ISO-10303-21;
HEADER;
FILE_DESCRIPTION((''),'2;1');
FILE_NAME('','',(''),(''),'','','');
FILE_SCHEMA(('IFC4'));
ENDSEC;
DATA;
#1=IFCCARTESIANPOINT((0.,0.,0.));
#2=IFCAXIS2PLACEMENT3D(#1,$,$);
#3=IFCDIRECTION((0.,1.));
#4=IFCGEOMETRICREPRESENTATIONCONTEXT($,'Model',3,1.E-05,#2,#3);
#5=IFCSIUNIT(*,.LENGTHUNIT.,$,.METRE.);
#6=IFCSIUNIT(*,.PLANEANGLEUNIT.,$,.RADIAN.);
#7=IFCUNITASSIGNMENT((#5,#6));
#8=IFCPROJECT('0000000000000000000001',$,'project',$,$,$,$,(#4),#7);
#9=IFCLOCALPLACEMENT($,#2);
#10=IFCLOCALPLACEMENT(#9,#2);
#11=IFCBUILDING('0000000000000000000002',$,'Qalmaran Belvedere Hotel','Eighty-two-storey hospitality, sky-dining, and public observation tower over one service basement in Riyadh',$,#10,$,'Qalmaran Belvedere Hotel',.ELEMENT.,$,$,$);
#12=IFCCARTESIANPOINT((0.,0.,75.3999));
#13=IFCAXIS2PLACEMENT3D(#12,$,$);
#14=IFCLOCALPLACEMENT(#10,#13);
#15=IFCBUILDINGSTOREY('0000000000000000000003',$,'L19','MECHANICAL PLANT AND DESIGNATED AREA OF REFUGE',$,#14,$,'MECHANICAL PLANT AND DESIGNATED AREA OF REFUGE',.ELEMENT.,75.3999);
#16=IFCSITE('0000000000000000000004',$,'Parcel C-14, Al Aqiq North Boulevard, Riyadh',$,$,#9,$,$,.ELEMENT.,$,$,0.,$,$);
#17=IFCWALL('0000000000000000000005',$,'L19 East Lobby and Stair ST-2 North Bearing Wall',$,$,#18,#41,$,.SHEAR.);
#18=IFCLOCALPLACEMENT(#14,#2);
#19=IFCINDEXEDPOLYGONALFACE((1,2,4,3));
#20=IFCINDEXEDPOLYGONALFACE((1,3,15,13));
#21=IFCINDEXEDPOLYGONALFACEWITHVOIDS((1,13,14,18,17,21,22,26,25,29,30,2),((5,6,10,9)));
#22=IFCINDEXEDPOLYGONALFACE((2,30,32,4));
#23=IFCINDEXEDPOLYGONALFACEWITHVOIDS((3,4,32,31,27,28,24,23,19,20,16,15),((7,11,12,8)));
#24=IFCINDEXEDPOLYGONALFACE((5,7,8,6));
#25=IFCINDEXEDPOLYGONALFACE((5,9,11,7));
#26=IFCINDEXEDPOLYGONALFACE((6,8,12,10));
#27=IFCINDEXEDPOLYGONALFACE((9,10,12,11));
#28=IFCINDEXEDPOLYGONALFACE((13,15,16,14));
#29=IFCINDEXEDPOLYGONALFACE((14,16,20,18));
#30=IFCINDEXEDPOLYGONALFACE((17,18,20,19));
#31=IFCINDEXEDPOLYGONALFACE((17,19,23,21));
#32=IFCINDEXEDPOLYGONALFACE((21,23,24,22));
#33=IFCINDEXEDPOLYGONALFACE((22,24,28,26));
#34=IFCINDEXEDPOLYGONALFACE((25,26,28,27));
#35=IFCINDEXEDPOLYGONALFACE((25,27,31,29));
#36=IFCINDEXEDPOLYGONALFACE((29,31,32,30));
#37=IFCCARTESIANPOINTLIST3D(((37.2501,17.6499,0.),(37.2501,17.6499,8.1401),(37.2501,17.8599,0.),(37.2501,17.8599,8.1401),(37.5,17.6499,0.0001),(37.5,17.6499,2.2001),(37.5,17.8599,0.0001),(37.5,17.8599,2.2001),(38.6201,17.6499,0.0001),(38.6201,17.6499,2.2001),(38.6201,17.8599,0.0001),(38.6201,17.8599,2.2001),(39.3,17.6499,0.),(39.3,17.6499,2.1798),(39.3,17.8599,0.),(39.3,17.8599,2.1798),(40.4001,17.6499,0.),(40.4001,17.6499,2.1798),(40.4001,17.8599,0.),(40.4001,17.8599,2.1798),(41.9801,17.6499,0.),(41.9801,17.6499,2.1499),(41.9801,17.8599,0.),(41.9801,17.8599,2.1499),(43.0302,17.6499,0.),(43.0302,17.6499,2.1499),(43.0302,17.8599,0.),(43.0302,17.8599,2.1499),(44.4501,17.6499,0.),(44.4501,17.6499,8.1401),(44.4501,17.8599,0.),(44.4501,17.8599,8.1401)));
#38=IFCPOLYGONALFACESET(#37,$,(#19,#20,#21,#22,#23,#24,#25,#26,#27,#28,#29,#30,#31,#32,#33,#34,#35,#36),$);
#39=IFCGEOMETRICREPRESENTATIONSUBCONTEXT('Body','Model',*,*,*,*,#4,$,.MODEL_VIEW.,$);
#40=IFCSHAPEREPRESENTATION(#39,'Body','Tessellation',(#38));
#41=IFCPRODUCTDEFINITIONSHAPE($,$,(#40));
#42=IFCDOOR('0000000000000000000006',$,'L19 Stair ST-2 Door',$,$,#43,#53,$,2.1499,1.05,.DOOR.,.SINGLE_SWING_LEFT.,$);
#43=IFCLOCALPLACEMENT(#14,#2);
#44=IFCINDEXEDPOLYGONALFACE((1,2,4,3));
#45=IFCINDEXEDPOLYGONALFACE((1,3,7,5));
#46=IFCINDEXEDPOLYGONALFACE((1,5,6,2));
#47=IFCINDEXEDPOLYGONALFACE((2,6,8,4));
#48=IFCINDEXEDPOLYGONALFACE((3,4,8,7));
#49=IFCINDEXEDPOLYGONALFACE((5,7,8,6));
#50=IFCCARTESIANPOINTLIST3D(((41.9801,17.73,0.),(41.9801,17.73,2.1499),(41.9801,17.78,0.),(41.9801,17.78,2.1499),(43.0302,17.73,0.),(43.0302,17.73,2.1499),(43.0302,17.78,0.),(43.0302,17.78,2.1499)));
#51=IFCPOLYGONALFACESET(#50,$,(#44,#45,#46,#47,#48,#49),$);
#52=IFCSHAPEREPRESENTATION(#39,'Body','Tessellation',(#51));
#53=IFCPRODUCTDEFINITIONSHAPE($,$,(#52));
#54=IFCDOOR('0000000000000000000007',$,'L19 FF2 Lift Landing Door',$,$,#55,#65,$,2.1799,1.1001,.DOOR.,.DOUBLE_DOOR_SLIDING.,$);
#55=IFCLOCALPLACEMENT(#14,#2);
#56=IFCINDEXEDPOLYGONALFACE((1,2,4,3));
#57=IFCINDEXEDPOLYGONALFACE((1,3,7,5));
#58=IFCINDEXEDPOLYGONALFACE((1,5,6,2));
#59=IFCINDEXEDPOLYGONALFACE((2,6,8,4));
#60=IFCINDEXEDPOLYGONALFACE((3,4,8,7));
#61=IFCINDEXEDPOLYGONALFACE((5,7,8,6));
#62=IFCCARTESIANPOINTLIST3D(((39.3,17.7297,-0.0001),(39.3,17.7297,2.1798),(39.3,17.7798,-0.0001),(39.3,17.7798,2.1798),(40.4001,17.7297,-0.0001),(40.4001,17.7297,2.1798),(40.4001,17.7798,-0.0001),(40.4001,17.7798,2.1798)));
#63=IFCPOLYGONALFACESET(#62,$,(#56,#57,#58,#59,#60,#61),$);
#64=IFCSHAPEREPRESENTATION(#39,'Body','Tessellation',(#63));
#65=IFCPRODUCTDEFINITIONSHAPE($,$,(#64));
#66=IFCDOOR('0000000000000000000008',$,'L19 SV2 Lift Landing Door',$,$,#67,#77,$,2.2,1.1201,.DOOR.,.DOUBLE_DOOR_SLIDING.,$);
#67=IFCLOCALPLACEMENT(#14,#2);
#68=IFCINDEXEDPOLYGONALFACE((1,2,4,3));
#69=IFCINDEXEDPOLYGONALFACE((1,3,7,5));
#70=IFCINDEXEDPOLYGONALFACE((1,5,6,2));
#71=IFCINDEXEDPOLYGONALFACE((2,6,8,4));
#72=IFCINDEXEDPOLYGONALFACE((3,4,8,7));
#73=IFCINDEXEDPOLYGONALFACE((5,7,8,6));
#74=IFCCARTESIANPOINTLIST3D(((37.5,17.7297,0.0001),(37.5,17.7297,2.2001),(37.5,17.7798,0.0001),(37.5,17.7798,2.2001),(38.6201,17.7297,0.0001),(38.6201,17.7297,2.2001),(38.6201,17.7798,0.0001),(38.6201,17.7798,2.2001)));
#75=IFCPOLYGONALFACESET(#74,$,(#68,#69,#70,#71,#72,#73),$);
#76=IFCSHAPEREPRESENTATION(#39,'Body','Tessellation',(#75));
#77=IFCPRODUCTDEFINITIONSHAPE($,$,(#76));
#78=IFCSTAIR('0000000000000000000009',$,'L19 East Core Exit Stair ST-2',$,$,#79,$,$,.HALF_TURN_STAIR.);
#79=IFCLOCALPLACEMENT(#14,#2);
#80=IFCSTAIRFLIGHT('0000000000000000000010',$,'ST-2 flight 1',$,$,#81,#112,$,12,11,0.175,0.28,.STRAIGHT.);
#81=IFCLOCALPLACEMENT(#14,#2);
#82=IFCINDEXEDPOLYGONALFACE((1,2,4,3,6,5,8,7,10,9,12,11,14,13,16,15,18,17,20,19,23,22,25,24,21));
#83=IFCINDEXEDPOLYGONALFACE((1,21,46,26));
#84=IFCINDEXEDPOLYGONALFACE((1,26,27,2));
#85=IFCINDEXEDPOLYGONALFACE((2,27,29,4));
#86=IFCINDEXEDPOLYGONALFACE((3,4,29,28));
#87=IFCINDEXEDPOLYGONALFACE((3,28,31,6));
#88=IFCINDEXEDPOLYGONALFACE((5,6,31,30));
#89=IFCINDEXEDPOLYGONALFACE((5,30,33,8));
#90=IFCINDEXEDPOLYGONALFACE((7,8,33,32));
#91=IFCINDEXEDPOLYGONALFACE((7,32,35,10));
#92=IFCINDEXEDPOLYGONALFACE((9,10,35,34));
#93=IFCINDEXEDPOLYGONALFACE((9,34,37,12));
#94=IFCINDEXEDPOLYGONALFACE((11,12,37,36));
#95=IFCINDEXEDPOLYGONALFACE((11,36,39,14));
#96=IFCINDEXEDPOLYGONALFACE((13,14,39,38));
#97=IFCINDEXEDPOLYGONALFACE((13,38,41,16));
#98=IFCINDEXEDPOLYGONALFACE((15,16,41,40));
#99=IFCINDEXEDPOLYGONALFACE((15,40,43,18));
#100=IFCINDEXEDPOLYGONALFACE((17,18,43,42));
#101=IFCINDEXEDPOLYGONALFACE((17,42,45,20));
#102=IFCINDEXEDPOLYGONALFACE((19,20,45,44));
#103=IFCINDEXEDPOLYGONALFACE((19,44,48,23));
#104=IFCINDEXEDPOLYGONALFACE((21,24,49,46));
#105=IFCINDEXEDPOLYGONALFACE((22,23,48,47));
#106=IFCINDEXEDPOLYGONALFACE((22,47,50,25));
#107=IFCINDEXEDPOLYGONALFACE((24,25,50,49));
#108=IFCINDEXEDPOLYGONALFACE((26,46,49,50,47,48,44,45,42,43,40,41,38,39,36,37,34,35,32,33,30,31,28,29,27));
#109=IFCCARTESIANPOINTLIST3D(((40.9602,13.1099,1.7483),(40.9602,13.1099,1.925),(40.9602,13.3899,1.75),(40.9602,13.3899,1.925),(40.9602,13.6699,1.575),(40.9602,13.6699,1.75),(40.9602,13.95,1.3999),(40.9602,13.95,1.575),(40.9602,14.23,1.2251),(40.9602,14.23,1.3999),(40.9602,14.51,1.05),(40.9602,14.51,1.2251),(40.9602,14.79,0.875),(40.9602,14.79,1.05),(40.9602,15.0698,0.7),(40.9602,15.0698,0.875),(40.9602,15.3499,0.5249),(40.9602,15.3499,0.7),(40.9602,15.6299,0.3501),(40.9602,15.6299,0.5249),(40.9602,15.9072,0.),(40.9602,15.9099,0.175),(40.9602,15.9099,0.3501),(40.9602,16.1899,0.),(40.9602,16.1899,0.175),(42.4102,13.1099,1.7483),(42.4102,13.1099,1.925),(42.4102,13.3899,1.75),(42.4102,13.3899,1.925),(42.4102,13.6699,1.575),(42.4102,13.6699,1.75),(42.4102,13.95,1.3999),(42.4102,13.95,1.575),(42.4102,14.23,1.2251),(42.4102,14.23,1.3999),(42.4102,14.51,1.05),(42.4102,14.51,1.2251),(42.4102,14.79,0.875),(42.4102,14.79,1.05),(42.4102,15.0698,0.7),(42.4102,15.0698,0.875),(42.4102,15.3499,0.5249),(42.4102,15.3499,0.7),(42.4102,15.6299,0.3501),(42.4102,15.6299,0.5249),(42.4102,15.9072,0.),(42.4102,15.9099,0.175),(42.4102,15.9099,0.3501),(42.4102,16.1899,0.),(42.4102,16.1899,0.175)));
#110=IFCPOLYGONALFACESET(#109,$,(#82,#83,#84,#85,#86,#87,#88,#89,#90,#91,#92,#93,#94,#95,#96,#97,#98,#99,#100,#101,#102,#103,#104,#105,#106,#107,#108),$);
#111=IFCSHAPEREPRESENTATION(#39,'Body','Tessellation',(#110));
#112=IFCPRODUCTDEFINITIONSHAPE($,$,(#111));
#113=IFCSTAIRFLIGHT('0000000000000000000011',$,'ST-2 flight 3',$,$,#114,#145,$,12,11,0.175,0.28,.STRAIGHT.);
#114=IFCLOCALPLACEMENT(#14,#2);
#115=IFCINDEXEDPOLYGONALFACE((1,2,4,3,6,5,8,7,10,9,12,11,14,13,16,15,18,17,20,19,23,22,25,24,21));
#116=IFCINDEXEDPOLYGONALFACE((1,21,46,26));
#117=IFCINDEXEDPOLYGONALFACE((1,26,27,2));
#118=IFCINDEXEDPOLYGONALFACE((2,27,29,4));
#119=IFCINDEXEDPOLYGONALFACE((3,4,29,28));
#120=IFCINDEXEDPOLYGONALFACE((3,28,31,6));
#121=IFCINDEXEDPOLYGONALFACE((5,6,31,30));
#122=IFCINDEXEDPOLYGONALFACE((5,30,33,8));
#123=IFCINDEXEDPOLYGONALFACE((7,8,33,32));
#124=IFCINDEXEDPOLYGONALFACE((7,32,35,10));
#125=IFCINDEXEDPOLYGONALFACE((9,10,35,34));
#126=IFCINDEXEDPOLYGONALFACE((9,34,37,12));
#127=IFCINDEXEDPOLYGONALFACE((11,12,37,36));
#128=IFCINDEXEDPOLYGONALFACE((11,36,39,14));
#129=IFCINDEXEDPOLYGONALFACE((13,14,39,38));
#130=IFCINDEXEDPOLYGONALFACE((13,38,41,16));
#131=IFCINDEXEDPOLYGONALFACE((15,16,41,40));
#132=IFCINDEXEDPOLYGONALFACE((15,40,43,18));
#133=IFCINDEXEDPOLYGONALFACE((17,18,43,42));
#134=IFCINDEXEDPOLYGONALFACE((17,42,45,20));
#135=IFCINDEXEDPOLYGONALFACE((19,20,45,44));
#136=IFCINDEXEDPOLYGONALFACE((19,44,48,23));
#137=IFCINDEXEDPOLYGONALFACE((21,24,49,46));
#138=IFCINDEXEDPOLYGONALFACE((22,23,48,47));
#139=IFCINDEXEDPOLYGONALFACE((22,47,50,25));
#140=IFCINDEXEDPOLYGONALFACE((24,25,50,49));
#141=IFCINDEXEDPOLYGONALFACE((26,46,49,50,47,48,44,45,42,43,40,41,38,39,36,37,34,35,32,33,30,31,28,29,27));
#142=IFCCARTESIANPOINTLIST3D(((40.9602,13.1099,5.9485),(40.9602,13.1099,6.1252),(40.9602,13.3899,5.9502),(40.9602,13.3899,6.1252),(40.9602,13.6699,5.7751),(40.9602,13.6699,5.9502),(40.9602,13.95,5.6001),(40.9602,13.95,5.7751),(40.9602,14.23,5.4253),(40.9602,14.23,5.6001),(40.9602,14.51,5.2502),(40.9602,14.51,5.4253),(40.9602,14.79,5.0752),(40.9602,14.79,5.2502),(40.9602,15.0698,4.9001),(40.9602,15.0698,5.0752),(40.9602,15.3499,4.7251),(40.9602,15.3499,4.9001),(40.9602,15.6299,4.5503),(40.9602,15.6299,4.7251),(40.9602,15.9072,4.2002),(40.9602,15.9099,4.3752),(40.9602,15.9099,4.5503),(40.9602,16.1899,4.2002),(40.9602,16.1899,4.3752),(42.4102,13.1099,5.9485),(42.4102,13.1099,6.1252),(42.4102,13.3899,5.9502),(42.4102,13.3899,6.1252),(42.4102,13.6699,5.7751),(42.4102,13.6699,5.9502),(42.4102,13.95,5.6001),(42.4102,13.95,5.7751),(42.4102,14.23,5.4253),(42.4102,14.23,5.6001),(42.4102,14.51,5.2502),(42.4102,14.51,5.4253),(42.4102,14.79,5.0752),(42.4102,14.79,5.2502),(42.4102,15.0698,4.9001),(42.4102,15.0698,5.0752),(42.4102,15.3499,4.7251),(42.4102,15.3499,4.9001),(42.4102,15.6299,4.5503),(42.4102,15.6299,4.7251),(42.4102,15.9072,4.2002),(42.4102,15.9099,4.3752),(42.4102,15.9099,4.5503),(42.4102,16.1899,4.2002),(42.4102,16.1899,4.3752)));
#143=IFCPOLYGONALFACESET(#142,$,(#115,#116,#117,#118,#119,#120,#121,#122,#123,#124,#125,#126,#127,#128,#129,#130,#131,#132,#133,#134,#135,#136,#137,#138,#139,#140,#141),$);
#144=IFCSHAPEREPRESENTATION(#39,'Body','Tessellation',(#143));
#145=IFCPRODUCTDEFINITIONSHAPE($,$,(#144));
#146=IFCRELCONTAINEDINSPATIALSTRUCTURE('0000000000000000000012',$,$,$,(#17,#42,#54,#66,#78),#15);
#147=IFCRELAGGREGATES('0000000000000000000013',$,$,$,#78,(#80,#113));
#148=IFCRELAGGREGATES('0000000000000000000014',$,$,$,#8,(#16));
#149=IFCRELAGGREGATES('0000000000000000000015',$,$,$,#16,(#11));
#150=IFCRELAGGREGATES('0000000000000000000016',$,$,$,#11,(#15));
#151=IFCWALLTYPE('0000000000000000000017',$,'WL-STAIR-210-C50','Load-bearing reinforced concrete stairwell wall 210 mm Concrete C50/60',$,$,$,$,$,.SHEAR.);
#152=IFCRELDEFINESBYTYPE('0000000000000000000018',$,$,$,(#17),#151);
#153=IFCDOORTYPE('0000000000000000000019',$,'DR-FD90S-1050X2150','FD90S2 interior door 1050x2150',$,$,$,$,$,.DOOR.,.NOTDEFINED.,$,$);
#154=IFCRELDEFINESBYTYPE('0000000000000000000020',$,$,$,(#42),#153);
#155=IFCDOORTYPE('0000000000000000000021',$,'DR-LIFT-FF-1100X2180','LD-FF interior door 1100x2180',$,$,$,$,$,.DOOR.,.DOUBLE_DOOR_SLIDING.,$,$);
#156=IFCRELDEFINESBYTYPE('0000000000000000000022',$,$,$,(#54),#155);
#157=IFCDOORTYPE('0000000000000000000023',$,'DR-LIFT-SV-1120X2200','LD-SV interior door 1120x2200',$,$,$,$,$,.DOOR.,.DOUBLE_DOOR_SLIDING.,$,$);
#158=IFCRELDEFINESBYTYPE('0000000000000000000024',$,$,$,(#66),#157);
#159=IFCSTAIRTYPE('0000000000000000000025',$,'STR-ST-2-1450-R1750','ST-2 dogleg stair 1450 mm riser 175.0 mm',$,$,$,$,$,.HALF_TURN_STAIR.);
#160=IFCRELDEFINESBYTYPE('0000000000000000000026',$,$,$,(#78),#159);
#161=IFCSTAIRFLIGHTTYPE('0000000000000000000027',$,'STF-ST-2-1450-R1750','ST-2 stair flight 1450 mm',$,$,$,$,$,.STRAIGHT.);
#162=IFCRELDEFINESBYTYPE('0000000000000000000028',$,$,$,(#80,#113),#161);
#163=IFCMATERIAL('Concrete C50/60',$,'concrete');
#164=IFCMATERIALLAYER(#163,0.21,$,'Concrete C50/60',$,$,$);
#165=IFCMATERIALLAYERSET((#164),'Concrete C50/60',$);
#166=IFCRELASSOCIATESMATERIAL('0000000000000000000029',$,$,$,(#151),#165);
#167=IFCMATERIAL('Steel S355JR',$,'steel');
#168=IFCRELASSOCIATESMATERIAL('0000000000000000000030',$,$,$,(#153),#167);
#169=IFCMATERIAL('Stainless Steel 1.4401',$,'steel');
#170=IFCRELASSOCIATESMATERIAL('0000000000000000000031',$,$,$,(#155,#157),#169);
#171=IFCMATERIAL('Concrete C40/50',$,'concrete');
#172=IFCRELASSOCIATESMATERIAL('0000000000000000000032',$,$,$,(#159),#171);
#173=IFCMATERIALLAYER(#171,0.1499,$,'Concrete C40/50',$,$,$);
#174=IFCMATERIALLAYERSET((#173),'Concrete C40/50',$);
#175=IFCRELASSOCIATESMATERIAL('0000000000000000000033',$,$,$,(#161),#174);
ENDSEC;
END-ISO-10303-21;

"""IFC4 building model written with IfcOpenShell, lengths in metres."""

from ifc_helpers import new_model, si_unit, direction, frame, frame_2d, origin, place, context, subcontext, project, spatial, polyline, rectangle, outline, extrude, material, layer, layer_set, type_object, element, fill, aggregate, save


model = new_model("IFC4")

# Units and contexts
model_context = context("Model", 3, precision=1e-05, world=origin(), true_north=direction((0.0, 1.0)))
body_context = subcontext(model_context, "Body", "Model", "MODEL_VIEW")
ifc_project = project(units=[si_unit("LENGTHUNIT", "METRE"), si_unit("PLANEANGLEUNIT", "RADIAN")], contexts=[model_context])

# Site, building, storey
site_placement = place(None, origin())
site = spatial("IfcSite", under=ifc_project, at=site_placement, Name="Parcel C-14, Al Aqiq North Boulevard, Riyadh", CompositionType="ELEMENT", RefElevation=0.0)
building_placement = place(site_placement, origin())
building = spatial("IfcBuilding", under=site, at=building_placement, Name="Qalmaran Belvedere Hotel", Description="Eighty-two-storey hospitality, sky-dining, and public observation tower over one service basement in Riyadh", LongName="Qalmaran Belvedere Hotel", CompositionType="ELEMENT")
storey_placement = place(building_placement, frame((0.0, 0.0, 75.3999)))
storey = spatial("IfcBuildingStorey", under=building, at=storey_placement, Name="L19", Description="MECHANICAL PLANT AND DESIGNATED AREA OF REFUGE", LongName="MECHANICAL PLANT AND DESIGNATED AREA OF REFUGE", CompositionType="ELEMENT", Elevation=75.3999)

# Shared definitions
ifc_material_1 = material(Name="Steel S355JR", Category="steel")

# Wall, openings, doors
ifc_material_2 = material(Name="Concrete C50/60", Category="concrete")
ifc_layer_1 = layer(ifc_material_2, 0.21, Name="Concrete C50/60")
ifc_layer_set_1 = layer_set([ifc_layer_1], Name="Concrete C50/60")
wall_type_1 = type_object("IfcWallType", Name="WL-STAIR-210-C50", Description="Load-bearing reinforced concrete stairwell wall 210 mm Concrete C50/60", PredefinedType="SHEAR", material=ifc_layer_set_1)
wall_1_placement = place(storey_placement, frame((37.25, 17.7549, 0.0), z_axis=(0.0, 0.0, 1.0), x_axis=(1.0, 0.0, 0.0)))
wall_1 = element("IfcWall", 1, at=wall_1_placement, inside=storey, type_object=wall_type_1, Name="L19 East Lobby and Stair ST-2 North Bearing Wall", PredefinedType="SHEAR", context=body_context, shape_type="SweptSolid", body=[
    extrude(rectangle(XDim=7.2, YDim=0.21, at=frame_2d((3.6001, 0.0))), origin(), (0.0, 0.0, 1.0), 8.1401),
])
opening_1_placement = place(wall_1_placement, frame((0.25, 0.0, 0.0)))
opening_1 = element("IfcOpeningElement", 2, at=opening_1_placement, cuts=wall_1, PredefinedType="OPENING", context=body_context, shape_type="SweptSolid", body=[
    extrude(rectangle(XDim=1.1201, YDim=2.2, at=frame_2d((0.5601, 1.1001))), frame((0.0, 0.115, 0.0), z_axis=(0.0, -1.0, 0.0), x_axis=(1.0, 0.0, 0.0)), (0.0, 0.0, 1.0), 0.23),
])
opening_2_placement = place(wall_1_placement, frame((2.05, 0.0, 0.0)))
opening_2 = element("IfcOpeningElement", 3, at=opening_2_placement, cuts=wall_1, PredefinedType="OPENING", context=body_context, shape_type="SweptSolid", body=[
    extrude(rectangle(XDim=1.1001, YDim=2.1799, at=frame_2d((0.55, 1.0898))), frame((0.0, 0.115, 0.0), z_axis=(0.0, -1.0, 0.0), x_axis=(1.0, 0.0, 0.0)), (0.0, 0.0, 1.0), 0.23),
])
opening_3_placement = place(wall_1_placement, frame((5.78, 0.0, 0.0), z_axis=(0.0, 0.0, 1.0), x_axis=(-1.0, 0.0, 0.0)))
opening_3 = element("IfcOpeningElement", 4, at=opening_3_placement, cuts=wall_1, PredefinedType="OPENING", context=body_context, shape_type="SweptSolid", body=[
    extrude(rectangle(XDim=1.05, YDim=2.1499, at=frame_2d((0.5249, 1.075))), frame((0.0, 0.115, 0.0), z_axis=(0.0, -1.0, 0.0), x_axis=(1.0, 0.0, 0.0)), (0.0, 0.0, 1.0), 0.23),
])
door_type_1 = type_object("IfcDoorType", Name="DR-FD90S-1050X2150", Description="FD90S2 interior door 1050x2150", OperationType="NOTDEFINED", PredefinedType="DOOR", material=ifc_material_1)
door_1_placement = place(opening_3_placement, origin())
door_1 = element("IfcDoor", 5, at=door_1_placement, inside=storey, type_object=door_type_1, Name="L19 Stair ST-2 Door", OperationType="SINGLE_SWING_LEFT", OverallHeight=2.1499, OverallWidth=1.05, PredefinedType="DOOR", context=body_context, shape_type="SweptSolid", body=[
    extrude(rectangle(XDim=1.05, YDim=2.1499, at=frame_2d((0.5249, 1.075))), frame((0.0, 0.0249, 0.0), z_axis=(0.0, -1.0, 0.0), x_axis=(1.0, 0.0, 0.0)), (0.0, 0.0, 1.0), 0.05),
])
fill(opening_3, door_1)
ifc_material_3 = material(Name="Stainless Steel 1.4401", Category="steel")
door_type_2 = type_object("IfcDoorType", Name="DR-LIFT-FF-1100X2180", Description="LD-FF interior door 1100x2180", OperationType="DOUBLE_DOOR_SLIDING", PredefinedType="DOOR", material=ifc_material_3)
door_2_placement = place(opening_2_placement, origin())
door_2 = element("IfcDoor", 6, at=door_2_placement, inside=storey, type_object=door_type_2, Name="L19 FF2 Lift Landing Door", OperationType="DOUBLE_DOOR_SLIDING", OverallHeight=2.1799, OverallWidth=1.1001, PredefinedType="DOOR", context=body_context, shape_type="SweptSolid", body=[
    extrude(rectangle(XDim=1.1001, YDim=2.1799, at=frame_2d((0.55, 1.0898))), frame((0.0, 0.0249, 0.0), z_axis=(0.0, -1.0, 0.0), x_axis=(1.0, 0.0, 0.0)), (0.0, 0.0, 1.0), 0.05),
])
fill(opening_2, door_2)
door_type_3 = type_object("IfcDoorType", Name="DR-LIFT-SV-1120X2200", Description="LD-SV interior door 1120x2200", OperationType="DOUBLE_DOOR_SLIDING", PredefinedType="DOOR", material=ifc_material_3)
door_3_placement = place(opening_1_placement, origin())
door_3 = element("IfcDoor", 7, at=door_3_placement, inside=storey, type_object=door_type_3, Name="L19 SV2 Lift Landing Door", OperationType="DOUBLE_DOOR_SLIDING", OverallHeight=2.2, OverallWidth=1.1201, PredefinedType="DOOR", context=body_context, shape_type="SweptSolid", body=[
    extrude(rectangle(XDim=1.1201, YDim=2.2, at=frame_2d((0.5601, 1.1001))), frame((0.0, 0.0249, 0.0), z_axis=(0.0, -1.0, 0.0), x_axis=(1.0, 0.0, 0.0)), (0.0, 0.0, 1.0), 0.05),
])
fill(opening_1, door_3)

# Stair, stair flights
ifc_material_4 = material(Name="Concrete C40/50", Category="concrete")
stair_type = type_object("IfcStairType", Name="STR-ST-2-1450-R1750", Description="ST-2 dogleg stair 1450 mm riser 175.0 mm", PredefinedType="HALF_TURN_STAIR", material=ifc_material_4)
stair_placement = place(storey_placement, origin())
stair = element("IfcStair", 8, at=stair_placement, inside=storey, type_object=stair_type, Name="L19 East Core Exit Stair ST-2", PredefinedType="HALF_TURN_STAIR")
ifc_layer_2 = layer(ifc_material_4, 0.1499, Name="Concrete C40/50")
ifc_layer_set_2 = layer_set([ifc_layer_2], Name="Concrete C40/50")
stair_flight_type = type_object("IfcStairFlightType", Name="STF-ST-2-1450-R1750", Description="ST-2 stair flight 1450 mm", PredefinedType="STRAIGHT", material=ifc_layer_set_2)
stair_flight_1_placement = place(storey_placement, frame((41.6851, 16.1899, 0.0), z_axis=(0.0, 0.0, 1.0), x_axis=(0.0, -1.0, 0.0)))
stair_flight_1 = element("IfcStairFlight", 9, at=stair_flight_1_placement, type_object=stair_flight_type, Name="ST-2 flight 1", NumberOfRisers=12, NumberOfTreads=11, PredefinedType="STRAIGHT", RiserHeight=0.175, TreadLength=0.28, context=body_context, shape_type="SweptSolid", body=[
    extrude(outline(polyline([(0.0, 0.0), (0.0, 0.175), (0.28, 0.175), (0.28, 0.3501), (0.5601, 0.3501), (0.5601, 0.5249), (0.8401, 0.5249), (0.8401, 0.7), (1.1201, 0.7), (1.1201, 0.875), (1.3999, 0.875), (1.3999, 1.05), (1.6799, 1.05), (1.6799, 1.2251), (1.96, 1.2251), (1.96, 1.3999), (2.24, 1.3999), (2.24, 1.575), (2.52, 1.575), (2.52, 1.75), (2.8, 1.75), (2.8, 1.925), (3.0801, 1.925), (3.0801, 2.1001), (3.0801, 1.7483), (0.2827, 0.0), (0.0, 0.0)])), frame((0.0, 0.7251, 0.0), z_axis=(0.0, -1.0, 0.0), x_axis=(1.0, 0.0, 0.0)), (0.0, 0.0, 1.0), 1.45),
])
stair_flight_2_placement = place(storey_placement, frame((41.6851, 16.1899, 4.2002), z_axis=(0.0, 0.0, 1.0), x_axis=(0.0, -1.0, 0.0)))
stair_flight_2 = element("IfcStairFlight", 10, at=stair_flight_2_placement, type_object=stair_flight_type, Name="ST-2 flight 3", NumberOfRisers=12, NumberOfTreads=11, PredefinedType="STRAIGHT", RiserHeight=0.175, TreadLength=0.28, context=body_context, shape_type="SweptSolid", body=[
    extrude(outline(polyline([(0.0, 0.0), (0.0, 0.175), (0.28, 0.175), (0.28, 0.3501), (0.5601, 0.3501), (0.5601, 0.5249), (0.8401, 0.5249), (0.8401, 0.7), (1.1201, 0.7), (1.1201, 0.875), (1.3999, 0.875), (1.3999, 1.05), (1.6799, 1.05), (1.6799, 1.2251), (1.96, 1.2251), (1.96, 1.3999), (2.24, 1.3999), (2.24, 1.575), (2.52, 1.575), (2.52, 1.75), (2.8, 1.75), (2.8, 1.925), (3.0801, 1.925), (3.0801, 2.1001), (3.0801, 1.7483), (0.2827, 0.0), (0.0, 0.0)])), frame((0.0, 0.7251, 0.0), z_axis=(0.0, -1.0, 0.0), x_axis=(1.0, 0.0, 0.0)), (0.0, 0.0, 1.0), 1.45),
])
aggregate(stair, [stair_flight_1, stair_flight_2])

save(model, "model.ifc")
